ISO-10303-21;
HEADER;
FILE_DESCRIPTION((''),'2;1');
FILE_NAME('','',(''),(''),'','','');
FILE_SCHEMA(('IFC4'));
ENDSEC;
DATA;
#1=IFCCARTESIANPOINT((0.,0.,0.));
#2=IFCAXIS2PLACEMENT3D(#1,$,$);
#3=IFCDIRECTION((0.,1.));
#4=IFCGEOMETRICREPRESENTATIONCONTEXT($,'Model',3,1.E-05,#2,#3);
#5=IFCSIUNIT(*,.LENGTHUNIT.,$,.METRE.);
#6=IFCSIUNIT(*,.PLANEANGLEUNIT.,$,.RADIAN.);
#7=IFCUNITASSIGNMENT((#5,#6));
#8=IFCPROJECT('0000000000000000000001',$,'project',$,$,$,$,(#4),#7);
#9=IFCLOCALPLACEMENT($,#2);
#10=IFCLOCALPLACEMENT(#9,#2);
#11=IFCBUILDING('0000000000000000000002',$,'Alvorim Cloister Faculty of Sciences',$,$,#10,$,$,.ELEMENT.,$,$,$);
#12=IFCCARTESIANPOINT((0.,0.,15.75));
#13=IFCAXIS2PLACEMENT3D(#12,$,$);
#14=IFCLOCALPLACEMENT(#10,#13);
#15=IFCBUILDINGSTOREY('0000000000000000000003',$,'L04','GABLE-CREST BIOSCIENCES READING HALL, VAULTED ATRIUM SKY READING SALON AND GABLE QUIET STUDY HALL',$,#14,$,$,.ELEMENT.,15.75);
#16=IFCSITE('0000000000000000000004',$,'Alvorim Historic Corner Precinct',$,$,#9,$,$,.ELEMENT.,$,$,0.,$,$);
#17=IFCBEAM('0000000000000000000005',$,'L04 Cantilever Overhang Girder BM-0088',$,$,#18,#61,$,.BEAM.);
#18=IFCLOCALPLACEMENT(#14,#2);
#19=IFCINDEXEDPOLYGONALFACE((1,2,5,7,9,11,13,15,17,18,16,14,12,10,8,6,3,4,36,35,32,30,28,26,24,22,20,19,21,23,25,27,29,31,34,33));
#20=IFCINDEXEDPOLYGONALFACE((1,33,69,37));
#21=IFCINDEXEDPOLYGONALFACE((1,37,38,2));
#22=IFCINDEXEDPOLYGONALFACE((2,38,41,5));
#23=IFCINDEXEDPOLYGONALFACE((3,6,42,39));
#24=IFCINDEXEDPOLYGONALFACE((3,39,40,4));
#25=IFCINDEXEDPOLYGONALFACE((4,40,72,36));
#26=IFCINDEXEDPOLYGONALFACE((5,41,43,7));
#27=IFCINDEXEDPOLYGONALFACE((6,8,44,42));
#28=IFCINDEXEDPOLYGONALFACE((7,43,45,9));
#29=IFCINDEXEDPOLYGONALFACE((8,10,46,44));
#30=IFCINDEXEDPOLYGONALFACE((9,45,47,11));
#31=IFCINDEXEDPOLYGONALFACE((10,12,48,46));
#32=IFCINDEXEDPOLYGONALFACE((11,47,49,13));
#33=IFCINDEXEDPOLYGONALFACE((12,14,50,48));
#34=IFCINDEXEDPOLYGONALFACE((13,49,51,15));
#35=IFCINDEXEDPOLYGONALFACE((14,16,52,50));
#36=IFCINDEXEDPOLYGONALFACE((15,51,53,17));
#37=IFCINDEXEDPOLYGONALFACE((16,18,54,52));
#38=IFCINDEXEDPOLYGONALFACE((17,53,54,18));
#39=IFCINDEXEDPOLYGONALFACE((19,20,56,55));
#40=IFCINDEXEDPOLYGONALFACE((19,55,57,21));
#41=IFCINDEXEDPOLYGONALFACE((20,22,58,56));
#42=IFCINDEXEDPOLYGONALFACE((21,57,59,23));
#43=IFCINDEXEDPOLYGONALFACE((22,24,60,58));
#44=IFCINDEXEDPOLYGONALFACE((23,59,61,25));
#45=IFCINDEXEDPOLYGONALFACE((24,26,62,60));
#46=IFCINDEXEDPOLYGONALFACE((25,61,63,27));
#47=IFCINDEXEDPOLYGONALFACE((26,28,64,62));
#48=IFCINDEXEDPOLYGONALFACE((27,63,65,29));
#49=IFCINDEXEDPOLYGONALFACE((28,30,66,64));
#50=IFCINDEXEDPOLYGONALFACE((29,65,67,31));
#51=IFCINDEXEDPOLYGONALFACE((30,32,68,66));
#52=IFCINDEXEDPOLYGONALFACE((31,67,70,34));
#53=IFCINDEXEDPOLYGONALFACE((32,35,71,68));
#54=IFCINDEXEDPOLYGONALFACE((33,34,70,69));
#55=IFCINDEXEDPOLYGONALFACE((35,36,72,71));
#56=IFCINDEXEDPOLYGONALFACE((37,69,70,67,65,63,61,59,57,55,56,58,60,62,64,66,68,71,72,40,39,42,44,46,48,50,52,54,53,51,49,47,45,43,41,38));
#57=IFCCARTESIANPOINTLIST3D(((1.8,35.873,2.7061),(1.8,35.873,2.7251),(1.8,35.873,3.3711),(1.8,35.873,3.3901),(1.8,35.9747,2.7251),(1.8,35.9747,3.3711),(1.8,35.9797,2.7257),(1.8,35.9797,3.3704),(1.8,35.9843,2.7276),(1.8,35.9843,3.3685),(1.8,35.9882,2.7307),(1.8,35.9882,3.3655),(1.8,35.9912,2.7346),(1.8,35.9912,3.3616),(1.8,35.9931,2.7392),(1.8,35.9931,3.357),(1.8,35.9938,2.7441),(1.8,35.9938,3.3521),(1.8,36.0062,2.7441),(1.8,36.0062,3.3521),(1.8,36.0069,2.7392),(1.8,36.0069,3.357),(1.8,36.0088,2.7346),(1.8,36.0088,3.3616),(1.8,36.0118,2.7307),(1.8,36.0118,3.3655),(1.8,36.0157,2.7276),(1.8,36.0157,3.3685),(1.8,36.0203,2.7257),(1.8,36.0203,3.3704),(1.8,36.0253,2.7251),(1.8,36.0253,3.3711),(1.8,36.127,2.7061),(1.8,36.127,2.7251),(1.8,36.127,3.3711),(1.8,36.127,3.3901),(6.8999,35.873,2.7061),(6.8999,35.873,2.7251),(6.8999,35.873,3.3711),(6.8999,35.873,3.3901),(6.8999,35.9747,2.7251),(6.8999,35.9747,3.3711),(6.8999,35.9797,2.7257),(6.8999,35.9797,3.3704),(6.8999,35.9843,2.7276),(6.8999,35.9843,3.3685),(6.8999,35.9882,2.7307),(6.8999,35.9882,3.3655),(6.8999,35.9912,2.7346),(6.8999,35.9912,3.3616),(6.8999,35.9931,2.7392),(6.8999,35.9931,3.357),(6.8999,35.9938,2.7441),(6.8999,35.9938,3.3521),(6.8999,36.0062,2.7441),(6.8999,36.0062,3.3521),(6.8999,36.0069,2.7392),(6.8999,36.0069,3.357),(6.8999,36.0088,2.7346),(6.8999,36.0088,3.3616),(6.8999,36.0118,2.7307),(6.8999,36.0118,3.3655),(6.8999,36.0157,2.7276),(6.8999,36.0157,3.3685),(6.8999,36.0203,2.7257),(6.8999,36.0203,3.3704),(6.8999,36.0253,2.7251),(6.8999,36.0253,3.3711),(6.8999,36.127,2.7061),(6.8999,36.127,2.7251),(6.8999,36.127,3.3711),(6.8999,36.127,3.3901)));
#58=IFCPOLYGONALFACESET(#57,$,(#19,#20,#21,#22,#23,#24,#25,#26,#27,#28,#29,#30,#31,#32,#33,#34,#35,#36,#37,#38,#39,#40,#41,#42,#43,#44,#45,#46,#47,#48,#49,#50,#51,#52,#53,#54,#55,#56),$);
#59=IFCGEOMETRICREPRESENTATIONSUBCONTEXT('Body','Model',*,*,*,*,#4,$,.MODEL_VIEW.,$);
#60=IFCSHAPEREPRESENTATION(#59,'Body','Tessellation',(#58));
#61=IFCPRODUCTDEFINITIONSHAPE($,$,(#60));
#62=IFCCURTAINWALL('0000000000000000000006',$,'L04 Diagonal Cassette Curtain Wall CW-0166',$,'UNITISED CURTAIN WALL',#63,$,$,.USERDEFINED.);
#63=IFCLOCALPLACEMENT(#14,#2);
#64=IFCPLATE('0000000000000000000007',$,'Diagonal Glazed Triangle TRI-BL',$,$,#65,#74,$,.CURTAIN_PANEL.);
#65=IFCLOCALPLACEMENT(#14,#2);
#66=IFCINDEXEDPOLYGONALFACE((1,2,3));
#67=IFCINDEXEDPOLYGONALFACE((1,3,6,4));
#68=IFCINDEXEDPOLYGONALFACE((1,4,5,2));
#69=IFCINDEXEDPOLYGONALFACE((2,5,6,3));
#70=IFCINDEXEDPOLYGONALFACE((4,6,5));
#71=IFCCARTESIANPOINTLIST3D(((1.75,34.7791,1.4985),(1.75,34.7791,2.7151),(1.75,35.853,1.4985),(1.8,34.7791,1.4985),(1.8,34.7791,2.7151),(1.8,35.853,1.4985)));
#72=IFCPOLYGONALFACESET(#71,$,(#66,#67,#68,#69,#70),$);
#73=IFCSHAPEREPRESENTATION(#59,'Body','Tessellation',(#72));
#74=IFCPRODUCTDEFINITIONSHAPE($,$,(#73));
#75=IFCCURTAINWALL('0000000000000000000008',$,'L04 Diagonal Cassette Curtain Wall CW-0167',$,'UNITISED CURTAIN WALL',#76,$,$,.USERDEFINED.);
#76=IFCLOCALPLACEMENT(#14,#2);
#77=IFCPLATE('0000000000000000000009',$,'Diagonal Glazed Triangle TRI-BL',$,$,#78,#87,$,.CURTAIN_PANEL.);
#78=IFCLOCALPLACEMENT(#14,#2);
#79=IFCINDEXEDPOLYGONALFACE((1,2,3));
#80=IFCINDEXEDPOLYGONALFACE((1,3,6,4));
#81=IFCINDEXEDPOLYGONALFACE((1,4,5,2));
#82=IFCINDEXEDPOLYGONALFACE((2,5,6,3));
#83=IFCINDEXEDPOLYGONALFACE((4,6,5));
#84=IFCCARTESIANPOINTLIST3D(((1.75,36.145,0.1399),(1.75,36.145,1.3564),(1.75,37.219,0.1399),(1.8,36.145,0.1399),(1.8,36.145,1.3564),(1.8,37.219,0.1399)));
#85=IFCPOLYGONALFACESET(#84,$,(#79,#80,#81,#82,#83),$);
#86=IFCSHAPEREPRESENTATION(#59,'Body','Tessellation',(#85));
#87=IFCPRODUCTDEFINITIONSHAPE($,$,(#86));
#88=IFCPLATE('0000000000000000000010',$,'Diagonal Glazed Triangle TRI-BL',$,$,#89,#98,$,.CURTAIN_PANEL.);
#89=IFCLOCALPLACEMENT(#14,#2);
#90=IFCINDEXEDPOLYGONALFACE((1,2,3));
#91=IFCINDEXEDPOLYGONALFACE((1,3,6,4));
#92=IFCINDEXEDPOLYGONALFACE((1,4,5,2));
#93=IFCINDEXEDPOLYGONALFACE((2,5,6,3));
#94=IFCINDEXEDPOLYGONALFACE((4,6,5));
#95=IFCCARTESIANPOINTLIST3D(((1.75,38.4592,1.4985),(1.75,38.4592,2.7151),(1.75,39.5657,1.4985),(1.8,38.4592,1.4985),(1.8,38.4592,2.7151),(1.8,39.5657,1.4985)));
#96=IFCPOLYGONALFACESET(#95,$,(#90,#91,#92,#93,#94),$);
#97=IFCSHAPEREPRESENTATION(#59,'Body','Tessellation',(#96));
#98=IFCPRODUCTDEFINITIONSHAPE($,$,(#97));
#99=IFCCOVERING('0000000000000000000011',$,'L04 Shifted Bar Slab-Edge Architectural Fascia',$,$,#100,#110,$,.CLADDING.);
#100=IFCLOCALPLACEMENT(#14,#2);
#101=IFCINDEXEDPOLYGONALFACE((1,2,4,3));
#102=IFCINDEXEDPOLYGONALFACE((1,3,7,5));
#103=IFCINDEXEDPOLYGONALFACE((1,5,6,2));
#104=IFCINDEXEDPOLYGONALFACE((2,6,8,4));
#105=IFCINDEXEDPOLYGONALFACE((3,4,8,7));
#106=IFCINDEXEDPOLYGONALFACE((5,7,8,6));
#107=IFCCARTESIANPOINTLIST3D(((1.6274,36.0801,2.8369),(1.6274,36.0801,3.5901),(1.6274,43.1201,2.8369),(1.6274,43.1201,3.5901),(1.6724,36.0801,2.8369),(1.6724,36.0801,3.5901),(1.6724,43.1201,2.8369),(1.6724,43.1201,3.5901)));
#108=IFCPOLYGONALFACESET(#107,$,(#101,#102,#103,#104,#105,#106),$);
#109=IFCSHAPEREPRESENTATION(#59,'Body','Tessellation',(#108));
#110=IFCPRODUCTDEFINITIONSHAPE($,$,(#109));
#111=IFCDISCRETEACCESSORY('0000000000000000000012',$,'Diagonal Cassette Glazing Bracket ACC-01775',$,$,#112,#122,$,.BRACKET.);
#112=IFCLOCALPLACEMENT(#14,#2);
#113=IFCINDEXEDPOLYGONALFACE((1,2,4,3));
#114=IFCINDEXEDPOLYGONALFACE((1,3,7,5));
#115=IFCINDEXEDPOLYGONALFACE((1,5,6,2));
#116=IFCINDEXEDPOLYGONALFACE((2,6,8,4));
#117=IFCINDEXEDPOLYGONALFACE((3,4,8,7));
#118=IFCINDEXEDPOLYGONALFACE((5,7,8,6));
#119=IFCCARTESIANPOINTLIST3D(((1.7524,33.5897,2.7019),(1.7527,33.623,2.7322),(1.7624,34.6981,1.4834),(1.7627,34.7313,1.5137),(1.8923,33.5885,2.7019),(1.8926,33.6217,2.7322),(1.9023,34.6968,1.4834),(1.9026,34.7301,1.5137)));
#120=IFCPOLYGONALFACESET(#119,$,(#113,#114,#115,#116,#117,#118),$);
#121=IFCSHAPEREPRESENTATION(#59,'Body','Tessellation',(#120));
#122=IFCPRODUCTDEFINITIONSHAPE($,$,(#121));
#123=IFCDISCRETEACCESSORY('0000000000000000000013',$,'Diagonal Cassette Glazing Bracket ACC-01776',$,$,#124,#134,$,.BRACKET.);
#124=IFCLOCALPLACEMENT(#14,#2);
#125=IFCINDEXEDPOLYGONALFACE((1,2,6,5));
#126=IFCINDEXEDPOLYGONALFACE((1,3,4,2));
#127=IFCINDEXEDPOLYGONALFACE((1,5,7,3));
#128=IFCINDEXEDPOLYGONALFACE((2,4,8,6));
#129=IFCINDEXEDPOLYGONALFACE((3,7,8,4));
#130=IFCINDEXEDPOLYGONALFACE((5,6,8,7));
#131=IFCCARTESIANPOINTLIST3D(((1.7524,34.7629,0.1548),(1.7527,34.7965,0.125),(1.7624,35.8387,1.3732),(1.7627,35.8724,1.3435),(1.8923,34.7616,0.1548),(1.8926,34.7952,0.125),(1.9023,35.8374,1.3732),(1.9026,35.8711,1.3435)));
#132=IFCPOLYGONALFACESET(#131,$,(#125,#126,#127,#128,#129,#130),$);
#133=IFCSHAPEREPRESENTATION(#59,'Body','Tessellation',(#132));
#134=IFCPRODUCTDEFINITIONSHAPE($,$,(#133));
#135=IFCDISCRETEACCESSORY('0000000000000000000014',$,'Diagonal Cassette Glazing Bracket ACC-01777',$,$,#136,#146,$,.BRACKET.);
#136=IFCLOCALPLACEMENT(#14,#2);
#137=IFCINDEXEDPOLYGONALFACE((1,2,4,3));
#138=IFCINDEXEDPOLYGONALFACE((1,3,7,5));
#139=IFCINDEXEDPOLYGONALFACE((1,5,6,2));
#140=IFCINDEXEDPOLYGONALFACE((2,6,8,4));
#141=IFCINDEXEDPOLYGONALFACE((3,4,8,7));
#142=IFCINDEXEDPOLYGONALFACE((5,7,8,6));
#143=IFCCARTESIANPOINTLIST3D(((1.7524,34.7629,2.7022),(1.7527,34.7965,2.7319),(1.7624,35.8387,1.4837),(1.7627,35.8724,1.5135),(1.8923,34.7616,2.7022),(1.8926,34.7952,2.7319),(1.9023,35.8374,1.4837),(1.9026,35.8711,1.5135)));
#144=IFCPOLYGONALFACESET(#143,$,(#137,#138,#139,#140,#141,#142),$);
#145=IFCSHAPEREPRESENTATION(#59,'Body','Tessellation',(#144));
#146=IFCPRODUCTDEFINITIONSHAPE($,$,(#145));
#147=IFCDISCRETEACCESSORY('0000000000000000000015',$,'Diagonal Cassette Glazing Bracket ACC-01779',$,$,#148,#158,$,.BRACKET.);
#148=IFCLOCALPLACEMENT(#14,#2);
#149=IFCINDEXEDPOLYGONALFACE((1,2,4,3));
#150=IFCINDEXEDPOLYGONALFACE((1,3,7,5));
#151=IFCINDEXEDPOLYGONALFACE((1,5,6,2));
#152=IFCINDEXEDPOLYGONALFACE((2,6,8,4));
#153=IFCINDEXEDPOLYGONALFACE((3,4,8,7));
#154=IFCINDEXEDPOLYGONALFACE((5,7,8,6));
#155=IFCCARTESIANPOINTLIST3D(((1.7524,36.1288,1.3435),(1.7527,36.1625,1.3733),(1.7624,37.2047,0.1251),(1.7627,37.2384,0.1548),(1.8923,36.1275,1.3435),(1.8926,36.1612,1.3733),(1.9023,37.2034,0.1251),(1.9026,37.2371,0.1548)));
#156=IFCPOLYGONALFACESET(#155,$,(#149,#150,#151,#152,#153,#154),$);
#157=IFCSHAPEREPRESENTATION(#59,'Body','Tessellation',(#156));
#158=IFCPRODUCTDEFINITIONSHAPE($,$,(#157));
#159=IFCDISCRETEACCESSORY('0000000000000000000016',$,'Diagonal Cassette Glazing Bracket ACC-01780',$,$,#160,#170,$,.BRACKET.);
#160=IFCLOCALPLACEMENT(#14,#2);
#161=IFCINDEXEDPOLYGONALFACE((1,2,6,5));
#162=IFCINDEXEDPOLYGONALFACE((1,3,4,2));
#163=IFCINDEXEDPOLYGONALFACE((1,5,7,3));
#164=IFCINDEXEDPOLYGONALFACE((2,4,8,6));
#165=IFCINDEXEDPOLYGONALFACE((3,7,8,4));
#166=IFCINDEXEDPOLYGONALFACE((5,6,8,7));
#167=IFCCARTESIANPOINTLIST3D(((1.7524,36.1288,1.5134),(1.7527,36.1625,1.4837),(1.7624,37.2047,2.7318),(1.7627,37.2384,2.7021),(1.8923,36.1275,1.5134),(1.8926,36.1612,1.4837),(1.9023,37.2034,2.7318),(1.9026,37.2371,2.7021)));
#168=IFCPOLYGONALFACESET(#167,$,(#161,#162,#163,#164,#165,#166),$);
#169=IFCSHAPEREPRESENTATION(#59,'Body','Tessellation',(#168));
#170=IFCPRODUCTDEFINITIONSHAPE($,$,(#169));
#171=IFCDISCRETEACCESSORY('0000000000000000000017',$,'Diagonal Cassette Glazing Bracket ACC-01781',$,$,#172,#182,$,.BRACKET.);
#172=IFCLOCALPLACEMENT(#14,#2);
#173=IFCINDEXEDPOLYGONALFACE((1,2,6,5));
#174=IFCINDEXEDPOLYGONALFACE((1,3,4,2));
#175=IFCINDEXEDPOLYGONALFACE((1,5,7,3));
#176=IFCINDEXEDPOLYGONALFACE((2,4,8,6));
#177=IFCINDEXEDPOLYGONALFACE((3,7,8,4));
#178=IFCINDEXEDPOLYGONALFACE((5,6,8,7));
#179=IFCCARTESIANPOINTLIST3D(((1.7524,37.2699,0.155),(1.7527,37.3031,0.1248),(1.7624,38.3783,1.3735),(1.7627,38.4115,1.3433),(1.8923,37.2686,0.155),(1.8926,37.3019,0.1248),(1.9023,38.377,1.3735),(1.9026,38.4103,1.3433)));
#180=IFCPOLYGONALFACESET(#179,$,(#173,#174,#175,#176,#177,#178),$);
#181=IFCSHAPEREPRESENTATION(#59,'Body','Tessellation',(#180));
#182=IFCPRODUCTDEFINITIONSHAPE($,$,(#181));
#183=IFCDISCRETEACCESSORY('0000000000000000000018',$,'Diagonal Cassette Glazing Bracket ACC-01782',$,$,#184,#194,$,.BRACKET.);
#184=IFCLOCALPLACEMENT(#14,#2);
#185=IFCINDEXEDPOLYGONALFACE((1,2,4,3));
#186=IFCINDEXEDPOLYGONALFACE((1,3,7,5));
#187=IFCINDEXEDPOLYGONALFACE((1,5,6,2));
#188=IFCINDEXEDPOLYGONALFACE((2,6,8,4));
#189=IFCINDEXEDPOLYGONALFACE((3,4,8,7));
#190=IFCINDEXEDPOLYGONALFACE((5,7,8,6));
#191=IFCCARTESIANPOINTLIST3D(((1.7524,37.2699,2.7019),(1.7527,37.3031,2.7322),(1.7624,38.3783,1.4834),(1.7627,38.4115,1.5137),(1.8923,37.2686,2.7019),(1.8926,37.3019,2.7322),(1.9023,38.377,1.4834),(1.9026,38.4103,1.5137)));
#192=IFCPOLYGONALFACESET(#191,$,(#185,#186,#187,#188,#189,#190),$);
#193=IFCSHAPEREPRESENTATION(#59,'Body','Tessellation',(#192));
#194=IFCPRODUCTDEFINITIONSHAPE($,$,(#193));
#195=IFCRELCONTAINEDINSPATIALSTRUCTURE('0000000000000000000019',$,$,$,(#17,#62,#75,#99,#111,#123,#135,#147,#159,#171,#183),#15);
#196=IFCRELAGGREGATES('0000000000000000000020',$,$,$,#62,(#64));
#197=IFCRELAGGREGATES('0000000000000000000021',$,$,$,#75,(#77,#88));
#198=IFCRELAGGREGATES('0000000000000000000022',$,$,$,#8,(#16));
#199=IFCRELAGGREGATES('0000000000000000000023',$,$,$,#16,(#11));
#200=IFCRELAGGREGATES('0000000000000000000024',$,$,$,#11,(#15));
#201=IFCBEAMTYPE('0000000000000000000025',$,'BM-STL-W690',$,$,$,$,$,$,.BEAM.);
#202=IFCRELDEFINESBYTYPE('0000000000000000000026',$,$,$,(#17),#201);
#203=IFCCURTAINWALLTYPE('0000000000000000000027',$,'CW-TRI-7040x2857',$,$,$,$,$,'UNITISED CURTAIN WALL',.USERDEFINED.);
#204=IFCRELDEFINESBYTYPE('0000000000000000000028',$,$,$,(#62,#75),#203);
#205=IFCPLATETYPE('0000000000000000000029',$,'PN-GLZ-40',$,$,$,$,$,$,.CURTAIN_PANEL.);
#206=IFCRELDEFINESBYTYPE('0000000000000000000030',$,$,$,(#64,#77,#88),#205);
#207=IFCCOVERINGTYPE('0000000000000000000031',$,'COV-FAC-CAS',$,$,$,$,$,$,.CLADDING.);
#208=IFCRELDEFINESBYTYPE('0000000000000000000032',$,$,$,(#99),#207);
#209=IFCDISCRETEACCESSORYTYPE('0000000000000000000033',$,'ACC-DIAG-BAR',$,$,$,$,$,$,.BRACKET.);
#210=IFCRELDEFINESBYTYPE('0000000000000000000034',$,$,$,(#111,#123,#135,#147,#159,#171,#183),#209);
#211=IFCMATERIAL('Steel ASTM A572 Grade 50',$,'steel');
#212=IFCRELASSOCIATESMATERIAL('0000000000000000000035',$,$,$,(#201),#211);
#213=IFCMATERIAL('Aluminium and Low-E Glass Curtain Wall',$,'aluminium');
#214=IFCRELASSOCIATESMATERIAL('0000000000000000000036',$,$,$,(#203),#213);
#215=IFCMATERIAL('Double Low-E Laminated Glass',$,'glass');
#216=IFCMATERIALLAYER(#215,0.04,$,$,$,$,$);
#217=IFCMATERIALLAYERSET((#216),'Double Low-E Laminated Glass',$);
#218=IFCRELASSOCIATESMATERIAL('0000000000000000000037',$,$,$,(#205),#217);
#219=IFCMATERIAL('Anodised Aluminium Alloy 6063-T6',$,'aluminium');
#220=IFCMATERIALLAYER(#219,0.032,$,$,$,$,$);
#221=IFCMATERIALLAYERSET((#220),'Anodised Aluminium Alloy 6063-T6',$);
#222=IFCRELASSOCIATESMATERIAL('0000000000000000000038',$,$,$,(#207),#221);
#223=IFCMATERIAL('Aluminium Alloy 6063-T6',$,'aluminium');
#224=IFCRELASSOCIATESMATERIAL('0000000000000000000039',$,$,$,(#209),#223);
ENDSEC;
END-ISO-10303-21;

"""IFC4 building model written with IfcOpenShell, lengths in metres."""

from ifc_helpers import new_model, si_unit, direction, frame, origin, origin_2d, place, context, subcontext, project, spatial, polyline, rectangle, i_section, outline, extrude, material, layer, layer_set, material_profile, profile_set, type_object, element, aggregate, save


model = new_model("IFC4")

# Units and contexts
model_context = context("Model", 3, precision=1e-05, world=origin(), true_north=direction((0.0, 1.0)))
body_context = subcontext(model_context, "Body", "Model", "MODEL_VIEW")
ifc_project = project(units=[si_unit("LENGTHUNIT", "METRE"), si_unit("PLANEANGLEUNIT", "RADIAN")], contexts=[model_context])

# Site, building, storey
site_placement = place(None, origin())
site = spatial("IfcSite", under=ifc_project, at=site_placement, Name="Alvorim Historic Corner Precinct", CompositionType="ELEMENT", RefElevation=0.0)
building_placement = place(site_placement, origin())
building = spatial("IfcBuilding", under=site, at=building_placement, Name="Alvorim Cloister Faculty of Sciences", CompositionType="ELEMENT")
storey_placement = place(building_placement, frame((0.0, 0.0, 15.75)))
storey = spatial("IfcBuildingStorey", under=building, at=storey_placement, Name="L04", Description="GABLE-CREST BIOSCIENCES READING HALL, VAULTED ATRIUM SKY READING SALON AND GABLE QUIET STUDY HALL", CompositionType="ELEMENT", Elevation=15.75)

# Beam
ifc_material_1 = material(Name="Steel ASTM A572 Grade 50", Category="steel")
ifc_material_profile = material_profile(ifc_material_1, i_section(OverallWidth=0.2539, OverallDepth=0.6841, WebThickness=0.0125, FlangeThickness=0.019, FilletRadius=0.019, at=origin_2d()), Name="W690x140.0")
ifc_profile_set = profile_set([ifc_material_profile], Name="Steel ASTM A572 Grade 50")
beam_type = type_object("IfcBeamType", Name="BM-STL-W690", PredefinedType="BEAM", material=ifc_profile_set)
beam_placement = place(storey_placement, frame((1.8, 36.0, 3.0481), z_axis=(1.0, 0.0, 0.0), x_axis=(0.0, 1.0, 0.0)))
element("IfcBeam", 1, at=beam_placement, inside=storey, type_object=beam_type, Name="L04 Cantilever Overhang Girder BM-0088", PredefinedType="BEAM", context=body_context, shape_type="SweptSolid", body=[
    extrude(i_section(OverallWidth=0.2539, OverallDepth=0.6841, WebThickness=0.0125, FlangeThickness=0.019, FilletRadius=0.019, at=origin_2d()), origin(), (0.0, 0.0, 1.0), 5.0999),
])

# Curtain walls, plates
ifc_material_2 = material(Name="Aluminium and Low-E Glass Curtain Wall", Category="aluminium")
curtain_wall_type = type_object("IfcCurtainWallType", Name="CW-TRI-7040x2857", ElementType="UNITISED CURTAIN WALL", PredefinedType="USERDEFINED", material=ifc_material_2)
curtain_wall_1_placement = place(storey_placement, origin())
curtain_wall_1 = element("IfcCurtainWall", 2, at=curtain_wall_1_placement, inside=storey, type_object=curtain_wall_type, Name="L04 Diagonal Cassette Curtain Wall CW-0166", ObjectType="UNITISED CURTAIN WALL", PredefinedType="USERDEFINED")
ifc_material_3 = material(Name="Double Low-E Laminated Glass", Category="glass")
ifc_layer_1 = layer(ifc_material_3, 0.04)
ifc_layer_set_1 = layer_set([ifc_layer_1], Name="Double Low-E Laminated Glass")
plate_type = type_object("IfcPlateType", Name="PN-GLZ-40", PredefinedType="CURTAIN_PANEL", material=ifc_layer_set_1)
plate_1_placement = place(storey_placement, frame((1.7749, 34.7791, 1.4985), z_axis=(0.0, 0.0, 1.0), x_axis=(0.0, 1.0, 0.0)))
plate_1 = element("IfcPlate", 3, at=plate_1_placement, type_object=plate_type, Name="Diagonal Glazed Triangle TRI-BL", PredefinedType="CURTAIN_PANEL", context=body_context, shape_type="SweptSolid", body=[
    extrude(outline(polyline([(0.0, 0.0), (1.074, 0.0), (0.0, 1.2166), (0.0, 0.0)])), frame((0.0, 0.0249, 0.0), z_axis=(0.0, -1.0, 0.0), x_axis=(1.0, 0.0, 0.0)), (0.0, 0.0, 1.0), 0.05),
])
aggregate(curtain_wall_1, [plate_1])
curtain_wall_2_placement = place(storey_placement, origin())
curtain_wall_2 = element("IfcCurtainWall", 4, at=curtain_wall_2_placement, inside=storey, type_object=curtain_wall_type, Name="L04 Diagonal Cassette Curtain Wall CW-0167", ObjectType="UNITISED CURTAIN WALL", PredefinedType="USERDEFINED")
plate_2_placement = place(storey_placement, frame((1.7749, 36.145, 0.1399), z_axis=(0.0, 0.0, 1.0), x_axis=(0.0, 1.0, 0.0)))
plate_2 = element("IfcPlate", 5, at=plate_2_placement, type_object=plate_type, Name="Diagonal Glazed Triangle TRI-BL", PredefinedType="CURTAIN_PANEL", context=body_context, shape_type="SweptSolid", body=[
    extrude(outline(polyline([(0.0, 0.0), (1.074, 0.0), (0.0, 1.2166), (0.0, 0.0)])), frame((0.0, 0.0249, 0.0), z_axis=(0.0, -1.0, 0.0), x_axis=(1.0, 0.0, 0.0)), (0.0, 0.0, 1.0), 0.05),
])
plate_3_placement = place(storey_placement, frame((1.7749, 38.4592, 1.4985), z_axis=(0.0, 0.0, 1.0), x_axis=(0.0, 1.0, 0.0)))
plate_3 = element("IfcPlate", 6, at=plate_3_placement, type_object=plate_type, Name="Diagonal Glazed Triangle TRI-BL", PredefinedType="CURTAIN_PANEL", context=body_context, shape_type="SweptSolid", body=[
    extrude(outline(polyline([(0.0, 0.0), (1.1064, 0.0), (0.0, 1.2166), (0.0, 0.0)])), frame((0.0, 0.0249, 0.0), z_axis=(0.0, -1.0, 0.0), x_axis=(1.0, 0.0, 0.0)), (0.0, 0.0, 1.0), 0.05),
])
aggregate(curtain_wall_2, [plate_2, plate_3])

# Covering
ifc_material_4 = material(Name="Anodised Aluminium Alloy 6063-T6", Category="aluminium")
ifc_layer_2 = layer(ifc_material_4, 0.032)
ifc_layer_set_2 = layer_set([ifc_layer_2], Name="Anodised Aluminium Alloy 6063-T6")
covering_type = type_object("IfcCoveringType", Name="COV-FAC-CAS", PredefinedType="CLADDING", material=ifc_layer_set_2)
covering_placement = place(storey_placement, frame((1.6499, 36.0801, 2.8369), z_axis=(0.0, 0.0, 1.0), x_axis=(0.0, 1.0, 0.0)))
element("IfcCovering", 7, at=covering_placement, inside=storey, type_object=covering_type, Name="L04 Shifted Bar Slab-Edge Architectural Fascia", PredefinedType="CLADDING", context=body_context, shape_type="SweptSolid", body=[
    extrude(outline(polyline([(0.0, 0.0), (7.04, 0.0), (7.04, 0.7532), (0.0, 0.7532), (0.0, 0.0)])), frame((0.0, 0.0225, 0.0), z_axis=(0.0, -1.0, 0.0), x_axis=(1.0, 0.0, 0.0)), (0.0, 0.0, 1.0), 0.0449),
])

# Discrete accessories
ifc_material_5 = material(Name="Aluminium Alloy 6063-T6", Category="aluminium")
discrete_accessory_type = type_object("IfcDiscreteAccessoryType", Name="ACC-DIAG-BAR", PredefinedType="BRACKET", material=ifc_material_5)
discrete_accessory_placement = place(storey_placement, frame((1.8225, 33.6057, 2.717), z_axis=(0.006077, 0.672882, -0.739725), x_axis=(-0.999959, 0.00903, 0.0)))
element("IfcDiscreteAccessory", 8, at=discrete_accessory_placement, inside=storey, type_object=discrete_accessory_type, Name="Diagonal Cassette Glazing Bracket ACC-01775", PredefinedType="BRACKET", context=body_context, shape_type="SweptSolid", body=[
    extrude(rectangle(XDim=0.1399, YDim=0.0449, at=origin_2d()), origin(), (0.0, 0.0, 1.0), 1.6472),
])
for number, where, z_axis, x_axis, name in (
    (9, (1.8225, 34.7791, 0.1399), (0.006158, 0.661877, 0.749587), (-0.999957, 0.009303, 0.0), "Diagonal Cassette Glazing Bracket ACC-01776"),
    (10, (1.8225, 34.7791, 2.717), (0.006158, 0.661877, -0.749587), (-0.999957, 0.009303, 0.0), "Diagonal Cassette Glazing Bracket ACC-01777"),
    (11, (1.8225, 36.145, 1.3584), (0.006158, 0.661877, -0.749587), (-0.999957, 0.009303, 0.0), "Diagonal Cassette Glazing Bracket ACC-01779"),
    (12, (1.8225, 36.145, 1.4985), (0.006158, 0.661877, 0.749587), (-0.999957, 0.009303, 0.0), "Diagonal Cassette Glazing Bracket ACC-01780"),
):
    element("IfcDiscreteAccessory", number, at=place(storey_placement, frame(where, z_axis=z_axis, x_axis=x_axis)), inside=storey, type_object=discrete_accessory_type, Name=name, PredefinedType="BRACKET", context=body_context, shape_type="SweptSolid", body=[
        extrude(rectangle(XDim=0.1399, YDim=0.0449, at=origin_2d()), origin(), (0.0, 0.0, 1.0), 1.6255),
    ])
for number, where, z_axis, x_axis, name in (
    (13, (1.8225, 37.2859, 0.1399), (0.006077, 0.672882, 0.739725), (-0.999959, 0.00903, 0.0), "Diagonal Cassette Glazing Bracket ACC-01781"),
    (14, (1.8225, 37.2859, 2.717), (0.006077, 0.672882, -0.739725), (-0.999959, 0.00903, 0.0), "Diagonal Cassette Glazing Bracket ACC-01782"),
):
    element("IfcDiscreteAccessory", number, at=place(storey_placement, frame(where, z_axis=z_axis, x_axis=x_axis)), inside=storey, type_object=discrete_accessory_type, Name=name, PredefinedType="BRACKET", context=body_context, shape_type="SweptSolid", body=[
        extrude(rectangle(XDim=0.1399, YDim=0.0449, at=origin_2d()), origin(), (0.0, 0.0, 1.0), 1.6472),
    ])

save(model, "model.ifc")
